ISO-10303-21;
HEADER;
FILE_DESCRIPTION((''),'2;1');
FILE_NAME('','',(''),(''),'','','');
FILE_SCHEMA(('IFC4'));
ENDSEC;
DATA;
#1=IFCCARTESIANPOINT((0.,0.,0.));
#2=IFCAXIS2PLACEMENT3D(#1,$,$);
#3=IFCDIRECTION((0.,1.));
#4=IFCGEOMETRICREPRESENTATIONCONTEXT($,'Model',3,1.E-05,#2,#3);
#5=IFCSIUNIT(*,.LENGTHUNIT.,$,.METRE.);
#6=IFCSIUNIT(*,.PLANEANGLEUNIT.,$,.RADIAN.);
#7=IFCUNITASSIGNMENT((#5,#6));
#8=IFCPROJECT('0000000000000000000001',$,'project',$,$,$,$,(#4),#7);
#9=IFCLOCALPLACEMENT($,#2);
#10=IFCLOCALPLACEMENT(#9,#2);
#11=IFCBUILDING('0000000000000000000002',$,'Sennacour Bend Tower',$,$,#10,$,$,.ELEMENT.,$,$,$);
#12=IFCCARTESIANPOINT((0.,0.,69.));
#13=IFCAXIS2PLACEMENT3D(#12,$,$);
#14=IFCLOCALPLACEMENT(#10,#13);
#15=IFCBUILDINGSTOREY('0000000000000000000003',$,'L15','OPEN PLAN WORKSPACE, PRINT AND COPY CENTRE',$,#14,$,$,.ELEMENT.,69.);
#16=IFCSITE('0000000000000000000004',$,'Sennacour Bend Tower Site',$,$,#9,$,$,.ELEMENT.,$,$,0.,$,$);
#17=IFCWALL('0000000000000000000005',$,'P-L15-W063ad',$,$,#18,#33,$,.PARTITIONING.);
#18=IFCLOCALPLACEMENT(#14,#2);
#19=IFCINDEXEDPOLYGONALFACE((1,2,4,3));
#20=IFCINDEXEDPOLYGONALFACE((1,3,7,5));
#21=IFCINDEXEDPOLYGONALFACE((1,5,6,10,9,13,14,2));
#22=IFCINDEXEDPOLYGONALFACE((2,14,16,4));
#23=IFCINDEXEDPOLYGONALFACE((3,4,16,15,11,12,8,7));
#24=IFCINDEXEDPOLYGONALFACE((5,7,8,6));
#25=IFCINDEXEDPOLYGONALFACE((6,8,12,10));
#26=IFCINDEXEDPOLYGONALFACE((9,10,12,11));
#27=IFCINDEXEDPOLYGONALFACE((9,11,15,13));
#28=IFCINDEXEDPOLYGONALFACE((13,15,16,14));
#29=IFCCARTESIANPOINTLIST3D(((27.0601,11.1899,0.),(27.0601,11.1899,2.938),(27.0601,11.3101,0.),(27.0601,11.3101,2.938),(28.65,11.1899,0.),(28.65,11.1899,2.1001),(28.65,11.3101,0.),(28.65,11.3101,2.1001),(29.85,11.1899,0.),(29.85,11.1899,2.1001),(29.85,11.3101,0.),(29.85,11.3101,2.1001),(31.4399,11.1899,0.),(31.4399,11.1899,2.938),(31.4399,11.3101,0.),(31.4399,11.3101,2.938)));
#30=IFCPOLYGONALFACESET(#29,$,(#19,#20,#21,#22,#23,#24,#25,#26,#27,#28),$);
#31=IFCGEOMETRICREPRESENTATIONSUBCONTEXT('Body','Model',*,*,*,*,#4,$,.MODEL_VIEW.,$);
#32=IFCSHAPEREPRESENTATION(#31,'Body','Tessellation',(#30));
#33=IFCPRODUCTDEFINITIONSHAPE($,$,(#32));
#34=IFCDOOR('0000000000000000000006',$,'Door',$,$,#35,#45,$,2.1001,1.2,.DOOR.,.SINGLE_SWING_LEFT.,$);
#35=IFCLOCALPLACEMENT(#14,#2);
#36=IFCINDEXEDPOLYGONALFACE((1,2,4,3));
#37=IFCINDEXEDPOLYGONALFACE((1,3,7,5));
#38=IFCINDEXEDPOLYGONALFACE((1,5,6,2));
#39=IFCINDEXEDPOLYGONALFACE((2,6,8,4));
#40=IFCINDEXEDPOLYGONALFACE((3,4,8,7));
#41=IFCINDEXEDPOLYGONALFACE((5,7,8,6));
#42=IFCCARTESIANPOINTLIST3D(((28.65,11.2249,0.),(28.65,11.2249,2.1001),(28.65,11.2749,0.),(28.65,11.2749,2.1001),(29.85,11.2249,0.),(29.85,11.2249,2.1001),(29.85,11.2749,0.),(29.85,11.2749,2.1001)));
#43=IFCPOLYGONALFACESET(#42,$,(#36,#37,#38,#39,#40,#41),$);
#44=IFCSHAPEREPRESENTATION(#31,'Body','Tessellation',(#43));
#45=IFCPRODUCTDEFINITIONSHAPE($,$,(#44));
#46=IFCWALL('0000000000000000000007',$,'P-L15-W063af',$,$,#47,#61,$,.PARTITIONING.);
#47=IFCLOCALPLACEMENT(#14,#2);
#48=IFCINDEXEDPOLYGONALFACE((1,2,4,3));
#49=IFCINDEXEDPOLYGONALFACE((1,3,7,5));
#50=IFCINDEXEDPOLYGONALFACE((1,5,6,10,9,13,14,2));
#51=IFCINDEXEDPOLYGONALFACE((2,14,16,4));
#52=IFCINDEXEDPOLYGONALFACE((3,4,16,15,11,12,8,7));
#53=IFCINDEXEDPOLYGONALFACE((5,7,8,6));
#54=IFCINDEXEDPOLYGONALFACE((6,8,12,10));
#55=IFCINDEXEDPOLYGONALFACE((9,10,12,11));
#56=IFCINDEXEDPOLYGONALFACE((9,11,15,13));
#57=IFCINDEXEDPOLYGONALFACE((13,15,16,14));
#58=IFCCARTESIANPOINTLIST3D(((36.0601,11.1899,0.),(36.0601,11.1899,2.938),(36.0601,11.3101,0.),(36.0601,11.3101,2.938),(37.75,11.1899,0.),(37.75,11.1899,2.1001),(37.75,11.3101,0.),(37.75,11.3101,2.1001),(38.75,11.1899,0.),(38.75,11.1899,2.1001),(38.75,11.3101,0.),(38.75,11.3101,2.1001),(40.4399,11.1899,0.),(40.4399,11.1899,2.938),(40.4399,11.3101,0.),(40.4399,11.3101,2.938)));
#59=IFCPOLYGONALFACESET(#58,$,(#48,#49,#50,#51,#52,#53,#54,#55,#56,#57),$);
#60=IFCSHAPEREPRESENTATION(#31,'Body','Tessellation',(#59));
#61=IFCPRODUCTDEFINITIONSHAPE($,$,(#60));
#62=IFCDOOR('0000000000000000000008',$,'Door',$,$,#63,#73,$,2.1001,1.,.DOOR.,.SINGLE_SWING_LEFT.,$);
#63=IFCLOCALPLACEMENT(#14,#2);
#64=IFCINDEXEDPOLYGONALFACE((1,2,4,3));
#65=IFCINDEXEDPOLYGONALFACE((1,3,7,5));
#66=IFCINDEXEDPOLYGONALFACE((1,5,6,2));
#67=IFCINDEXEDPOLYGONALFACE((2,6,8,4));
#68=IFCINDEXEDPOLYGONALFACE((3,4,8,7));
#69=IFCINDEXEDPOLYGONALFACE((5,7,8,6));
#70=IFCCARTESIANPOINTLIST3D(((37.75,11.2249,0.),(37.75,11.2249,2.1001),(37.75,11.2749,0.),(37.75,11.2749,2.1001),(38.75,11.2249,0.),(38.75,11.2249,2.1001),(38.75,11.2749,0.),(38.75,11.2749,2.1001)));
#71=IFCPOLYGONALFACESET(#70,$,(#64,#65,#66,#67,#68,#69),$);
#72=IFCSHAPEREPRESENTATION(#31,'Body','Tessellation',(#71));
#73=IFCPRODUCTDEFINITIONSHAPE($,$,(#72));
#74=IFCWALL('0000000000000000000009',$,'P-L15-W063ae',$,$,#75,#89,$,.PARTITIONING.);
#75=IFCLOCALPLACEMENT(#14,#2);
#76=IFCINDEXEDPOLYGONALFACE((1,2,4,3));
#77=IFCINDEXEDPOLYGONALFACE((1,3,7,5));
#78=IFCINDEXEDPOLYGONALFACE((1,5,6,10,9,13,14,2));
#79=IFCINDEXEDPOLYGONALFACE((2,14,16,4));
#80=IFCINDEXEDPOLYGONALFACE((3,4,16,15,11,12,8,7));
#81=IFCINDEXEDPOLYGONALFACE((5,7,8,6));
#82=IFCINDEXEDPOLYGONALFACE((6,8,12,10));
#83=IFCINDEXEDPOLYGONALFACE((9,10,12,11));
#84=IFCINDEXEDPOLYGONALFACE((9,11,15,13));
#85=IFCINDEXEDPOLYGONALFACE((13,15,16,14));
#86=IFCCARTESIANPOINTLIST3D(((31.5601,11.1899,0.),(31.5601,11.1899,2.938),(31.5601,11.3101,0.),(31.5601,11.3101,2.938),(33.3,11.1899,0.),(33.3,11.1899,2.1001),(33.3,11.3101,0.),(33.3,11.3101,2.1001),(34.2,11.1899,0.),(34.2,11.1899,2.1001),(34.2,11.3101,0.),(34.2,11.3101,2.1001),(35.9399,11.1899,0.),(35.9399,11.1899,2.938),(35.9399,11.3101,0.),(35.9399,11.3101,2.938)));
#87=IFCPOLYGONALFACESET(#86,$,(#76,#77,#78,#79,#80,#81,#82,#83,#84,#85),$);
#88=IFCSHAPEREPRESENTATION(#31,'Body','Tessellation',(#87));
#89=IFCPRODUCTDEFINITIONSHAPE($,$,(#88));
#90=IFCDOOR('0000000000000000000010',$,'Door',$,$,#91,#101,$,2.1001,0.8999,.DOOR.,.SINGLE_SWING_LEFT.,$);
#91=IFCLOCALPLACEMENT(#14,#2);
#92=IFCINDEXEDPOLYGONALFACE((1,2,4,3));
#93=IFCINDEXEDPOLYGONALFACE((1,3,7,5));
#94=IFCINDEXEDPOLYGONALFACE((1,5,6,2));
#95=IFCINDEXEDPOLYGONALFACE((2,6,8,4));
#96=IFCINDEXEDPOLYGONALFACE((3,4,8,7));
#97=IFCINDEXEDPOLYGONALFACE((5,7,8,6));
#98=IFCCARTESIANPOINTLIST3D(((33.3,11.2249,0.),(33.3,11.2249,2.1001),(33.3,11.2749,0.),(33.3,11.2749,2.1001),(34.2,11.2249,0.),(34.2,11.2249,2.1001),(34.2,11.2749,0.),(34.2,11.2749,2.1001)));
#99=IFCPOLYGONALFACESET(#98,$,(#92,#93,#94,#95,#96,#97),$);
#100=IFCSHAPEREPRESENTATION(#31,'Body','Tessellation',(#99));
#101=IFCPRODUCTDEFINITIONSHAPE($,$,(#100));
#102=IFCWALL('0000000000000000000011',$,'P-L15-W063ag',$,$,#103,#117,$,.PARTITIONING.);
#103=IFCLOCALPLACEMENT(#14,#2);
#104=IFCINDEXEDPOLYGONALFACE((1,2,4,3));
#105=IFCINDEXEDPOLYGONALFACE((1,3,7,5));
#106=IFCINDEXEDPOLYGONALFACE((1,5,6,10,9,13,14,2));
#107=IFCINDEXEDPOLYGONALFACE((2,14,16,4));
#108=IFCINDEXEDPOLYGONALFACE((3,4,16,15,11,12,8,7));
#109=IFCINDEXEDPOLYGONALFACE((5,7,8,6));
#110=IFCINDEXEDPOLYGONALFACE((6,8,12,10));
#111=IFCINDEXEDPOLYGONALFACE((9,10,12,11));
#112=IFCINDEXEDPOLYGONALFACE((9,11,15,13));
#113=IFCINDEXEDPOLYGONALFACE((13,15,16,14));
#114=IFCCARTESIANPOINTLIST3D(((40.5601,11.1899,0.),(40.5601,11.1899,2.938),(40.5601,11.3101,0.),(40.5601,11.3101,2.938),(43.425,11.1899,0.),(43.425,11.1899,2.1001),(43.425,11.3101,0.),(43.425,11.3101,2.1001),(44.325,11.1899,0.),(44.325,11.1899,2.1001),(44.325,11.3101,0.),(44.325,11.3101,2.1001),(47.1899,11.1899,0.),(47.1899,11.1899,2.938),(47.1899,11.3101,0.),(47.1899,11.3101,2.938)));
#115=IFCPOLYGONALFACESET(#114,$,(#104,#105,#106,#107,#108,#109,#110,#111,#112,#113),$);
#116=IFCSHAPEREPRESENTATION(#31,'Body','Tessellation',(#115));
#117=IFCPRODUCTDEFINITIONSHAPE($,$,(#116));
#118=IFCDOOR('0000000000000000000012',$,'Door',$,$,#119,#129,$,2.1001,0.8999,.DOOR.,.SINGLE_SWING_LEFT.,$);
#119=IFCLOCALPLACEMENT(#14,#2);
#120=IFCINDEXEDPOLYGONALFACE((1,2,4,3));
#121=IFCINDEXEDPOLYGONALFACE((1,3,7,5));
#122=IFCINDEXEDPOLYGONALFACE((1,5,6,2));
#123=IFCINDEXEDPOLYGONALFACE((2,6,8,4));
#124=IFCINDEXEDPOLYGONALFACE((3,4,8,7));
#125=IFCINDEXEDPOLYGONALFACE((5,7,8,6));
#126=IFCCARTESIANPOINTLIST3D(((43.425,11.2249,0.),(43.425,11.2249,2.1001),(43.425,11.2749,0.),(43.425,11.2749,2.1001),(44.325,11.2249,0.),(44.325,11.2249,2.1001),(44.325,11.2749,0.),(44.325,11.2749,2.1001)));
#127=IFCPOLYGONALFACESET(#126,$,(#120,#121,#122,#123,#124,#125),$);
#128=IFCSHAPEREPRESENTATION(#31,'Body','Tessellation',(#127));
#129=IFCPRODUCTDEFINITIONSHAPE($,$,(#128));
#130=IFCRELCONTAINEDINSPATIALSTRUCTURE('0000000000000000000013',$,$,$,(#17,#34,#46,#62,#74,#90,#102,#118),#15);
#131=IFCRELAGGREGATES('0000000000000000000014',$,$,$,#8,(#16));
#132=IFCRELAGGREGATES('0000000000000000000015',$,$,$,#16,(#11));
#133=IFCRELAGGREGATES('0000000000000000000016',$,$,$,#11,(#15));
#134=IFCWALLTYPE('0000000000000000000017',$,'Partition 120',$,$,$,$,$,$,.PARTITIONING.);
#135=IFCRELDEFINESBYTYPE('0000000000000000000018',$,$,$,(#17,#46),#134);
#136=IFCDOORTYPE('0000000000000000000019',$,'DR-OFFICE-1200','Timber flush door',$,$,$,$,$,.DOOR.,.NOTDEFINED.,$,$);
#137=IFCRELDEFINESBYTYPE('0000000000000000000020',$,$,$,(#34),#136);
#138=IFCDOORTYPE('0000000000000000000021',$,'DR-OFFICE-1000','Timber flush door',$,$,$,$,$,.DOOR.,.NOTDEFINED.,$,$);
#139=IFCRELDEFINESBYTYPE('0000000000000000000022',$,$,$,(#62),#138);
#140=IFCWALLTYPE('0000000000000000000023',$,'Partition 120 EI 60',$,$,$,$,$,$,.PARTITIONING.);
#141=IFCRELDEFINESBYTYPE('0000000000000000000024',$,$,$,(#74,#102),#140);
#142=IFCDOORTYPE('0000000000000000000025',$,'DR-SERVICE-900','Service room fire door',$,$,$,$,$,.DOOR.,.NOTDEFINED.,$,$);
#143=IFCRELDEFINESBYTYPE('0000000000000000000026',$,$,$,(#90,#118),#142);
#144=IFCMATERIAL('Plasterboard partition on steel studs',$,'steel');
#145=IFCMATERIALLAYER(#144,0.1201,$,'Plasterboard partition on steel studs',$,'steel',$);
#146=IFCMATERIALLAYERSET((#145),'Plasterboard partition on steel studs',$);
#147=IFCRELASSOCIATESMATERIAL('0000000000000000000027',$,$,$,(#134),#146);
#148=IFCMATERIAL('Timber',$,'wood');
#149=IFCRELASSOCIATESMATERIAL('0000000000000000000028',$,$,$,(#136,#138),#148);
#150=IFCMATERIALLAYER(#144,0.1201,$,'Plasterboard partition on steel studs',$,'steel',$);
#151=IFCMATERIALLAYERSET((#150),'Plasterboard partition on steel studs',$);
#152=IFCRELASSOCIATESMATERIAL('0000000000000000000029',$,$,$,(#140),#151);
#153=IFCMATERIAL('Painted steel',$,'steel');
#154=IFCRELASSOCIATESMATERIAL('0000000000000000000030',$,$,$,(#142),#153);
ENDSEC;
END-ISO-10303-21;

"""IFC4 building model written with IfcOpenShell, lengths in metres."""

from ifc_helpers import new_model, si_unit, direction, frame, frame_2d, origin, place, context, subcontext, project, spatial, rectangle, extrude, material, layer, layer_set, type_object, element, fill, save


model = new_model("IFC4")

# Units and contexts
model_context = context("Model", 3, precision=1e-05, world=origin(), true_north=direction((0.0, 1.0)))
body_context = subcontext(model_context, "Body", "Model", "MODEL_VIEW")
ifc_project = project(units=[si_unit("LENGTHUNIT", "METRE"), si_unit("PLANEANGLEUNIT", "RADIAN")], contexts=[model_context])

# Site, building, storey
site_placement = place(None, origin())
site = spatial("IfcSite", under=ifc_project, at=site_placement, Name="Sennacour Bend Tower Site", CompositionType="ELEMENT", RefElevation=0.0)
building_placement = place(site_placement, origin())
building = spatial("IfcBuilding", under=site, at=building_placement, Name="Sennacour Bend Tower", CompositionType="ELEMENT")
storey_placement = place(building_placement, frame((0.0, 0.0, 69.0)))
storey = spatial("IfcBuildingStorey", under=building, at=storey_placement, Name="L15", Description="OPEN PLAN WORKSPACE, PRINT AND COPY CENTRE", CompositionType="ELEMENT", Elevation=69.0)

# Shared definitions
ifc_material_1 = material(Name="Plasterboard partition on steel studs", Category="steel")
ifc_layer_1 = layer(ifc_material_1, 0.1201, Name="Plasterboard partition on steel studs", Category="steel")
ifc_layer_set_1 = layer_set([ifc_layer_1], Name="Plasterboard partition on steel studs")
wall_type_1 = type_object("IfcWallType", Name="Partition 120", PredefinedType="PARTITIONING", material=ifc_layer_set_1)

# Walls, openings, doors
wall_1_placement = place(storey_placement, frame((27.0601, 11.25, 0.0), z_axis=(0.0, 0.0, 1.0), x_axis=(1.0, 0.0, 0.0)))
wall_1 = element("IfcWall", 1, at=wall_1_placement, inside=storey, type_object=wall_type_1, Name="P-L15-W063ad", PredefinedType="PARTITIONING", context=body_context, shape_type="SweptSolid", body=[
    extrude(rectangle(XDim=4.3799, YDim=0.1201, at=frame_2d((2.1899, 0.0))), origin(), (0.0, 0.0, 1.0), 2.938),
])
opening_1_placement = place(wall_1_placement, frame((1.5898, 0.0, 0.0)))
opening_1 = element("IfcOpeningElement", 2, at=opening_1_placement, cuts=wall_1, PredefinedType="OPENING", context=body_context, shape_type="SweptSolid", body=[
    extrude(rectangle(XDim=1.2, YDim=2.1001, at=frame_2d((0.6001, 1.05))), frame((0.0, 0.0701, 0.0), z_axis=(0.0, -1.0, 0.0), x_axis=(1.0, 0.0, 0.0)), (0.0, 0.0, 1.0), 0.1401),
])
ifc_material_2 = material(Name="Timber", Category="wood")
door_type_1 = type_object("IfcDoorType", Name="DR-OFFICE-1200", Description="Timber flush door", OperationType="NOTDEFINED", PredefinedType="DOOR", material=ifc_material_2)
door_1_placement = place(opening_1_placement, origin())
door_1 = element("IfcDoor", 3, at=door_1_placement, inside=storey, type_object=door_type_1, Name="Door", OperationType="SINGLE_SWING_LEFT", OverallHeight=2.1001, OverallWidth=1.2, PredefinedType="DOOR", context=body_context, shape_type="SweptSolid", body=[
    extrude(rectangle(XDim=1.2, YDim=2.1001, at=frame_2d((0.6001, 1.05))), frame((0.0, 0.0249, 0.0), z_axis=(0.0, -1.0, 0.0), x_axis=(1.0, 0.0, 0.0)), (0.0, 0.0, 1.0), 0.05),
])
fill(opening_1, door_1)
wall_2_placement = place(storey_placement, frame((36.0601, 11.25, 0.0), z_axis=(0.0, 0.0, 1.0), x_axis=(1.0, 0.0, 0.0)))
wall_2 = element("IfcWall", 4, at=wall_2_placement, inside=storey, type_object=wall_type_1, Name="P-L15-W063af", PredefinedType="PARTITIONING", context=body_context, shape_type="SweptSolid", body=[
    extrude(rectangle(XDim=4.3799, YDim=0.1201, at=frame_2d((2.1899, 0.0))), origin(), (0.0, 0.0, 1.0), 2.938),
])
opening_2_placement = place(wall_2_placement, frame((1.6899, 0.0, 0.0)))
opening_2 = element("IfcOpeningElement", 5, at=opening_2_placement, cuts=wall_2, PredefinedType="OPENING", context=body_context, shape_type="SweptSolid", body=[
    extrude(rectangle(XDim=1.0, YDim=2.1001, at=frame_2d((0.5, 1.05))), frame((0.0, 0.0701, 0.0), z_axis=(0.0, -1.0, 0.0), x_axis=(1.0, 0.0, 0.0)), (0.0, 0.0, 1.0), 0.1401),
])
door_type_2 = type_object("IfcDoorType", Name="DR-OFFICE-1000", Description="Timber flush door", OperationType="NOTDEFINED", PredefinedType="DOOR", material=ifc_material_2)
door_2_placement = place(opening_2_placement, origin())
door_2 = element("IfcDoor", 6, at=door_2_placement, inside=storey, type_object=door_type_2, Name="Door", OperationType="SINGLE_SWING_LEFT", OverallHeight=2.1001, OverallWidth=1.0, PredefinedType="DOOR", context=body_context, shape_type="SweptSolid", body=[
    extrude(rectangle(XDim=1.0, YDim=2.1001, at=frame_2d((0.5, 1.05))), frame((0.0, 0.0249, 0.0), z_axis=(0.0, -1.0, 0.0), x_axis=(1.0, 0.0, 0.0)), (0.0, 0.0, 1.0), 0.05),
])
fill(opening_2, door_2)
ifc_layer_2 = layer(ifc_material_1, 0.1201, Name="Plasterboard partition on steel studs", Category="steel")
ifc_layer_set_2 = layer_set([ifc_layer_2], Name="Plasterboard partition on steel studs")
wall_type_2 = type_object("IfcWallType", Name="Partition 120 EI 60", PredefinedType="PARTITIONING", material=ifc_layer_set_2)
wall_3_placement = place(storey_placement, frame((31.5601, 11.25, 0.0), z_axis=(0.0, 0.0, 1.0), x_axis=(1.0, 0.0, 0.0)))
wall_3 = element("IfcWall", 7, at=wall_3_placement, inside=storey, type_object=wall_type_2, Name="P-L15-W063ae", PredefinedType="PARTITIONING", context=body_context, shape_type="SweptSolid", body=[
    extrude(rectangle(XDim=4.3799, YDim=0.1201, at=frame_2d((2.1899, 0.0))), origin(), (0.0, 0.0, 1.0), 2.938),
])
opening_3_placement = place(wall_3_placement, frame((1.74, 0.0, 0.0)))
opening_3 = element("IfcOpeningElement", 8, at=opening_3_placement, cuts=wall_3, PredefinedType="OPENING", context=body_context, shape_type="SweptSolid", body=[
    extrude(rectangle(XDim=0.8999, YDim=2.1001, at=frame_2d((0.45, 1.05))), frame((0.0, 0.0701, 0.0), z_axis=(0.0, -1.0, 0.0), x_axis=(1.0, 0.0, 0.0)), (0.0, 0.0, 1.0), 0.1401),
])
ifc_material_3 = material(Name="Painted steel", Category="steel")
door_type_3 = type_object("IfcDoorType", Name="DR-SERVICE-900", Description="Service room fire door", OperationType="NOTDEFINED", PredefinedType="DOOR", material=ifc_material_3)
door_3_placement = place(opening_3_placement, origin())
door_3 = element("IfcDoor", 9, at=door_3_placement, inside=storey, type_object=door_type_3, Name="Door", OperationType="SINGLE_SWING_LEFT", OverallHeight=2.1001, OverallWidth=0.8999, PredefinedType="DOOR", context=body_context, shape_type="SweptSolid", body=[
    extrude(rectangle(XDim=0.8999, YDim=2.1001, at=frame_2d((0.45, 1.05))), frame((0.0, 0.0249, 0.0), z_axis=(0.0, -1.0, 0.0), x_axis=(1.0, 0.0, 0.0)), (0.0, 0.0, 1.0), 0.05),
])
fill(opening_3, door_3)
wall_4_placement = place(storey_placement, frame((40.5601, 11.25, 0.0), z_axis=(0.0, 0.0, 1.0), x_axis=(1.0, 0.0, 0.0)))
wall_4 = element("IfcWall", 10, at=wall_4_placement, inside=storey, type_object=wall_type_2, Name="P-L15-W063ag", PredefinedType="PARTITIONING", context=body_context, shape_type="SweptSolid", body=[
    extrude(rectangle(XDim=6.6299, YDim=0.1201, at=frame_2d((3.3149, 0.0))), origin(), (0.0, 0.0, 1.0), 2.938),
])
opening_4_placement = place(wall_4_placement, frame((2.865, 0.0, 0.0)))
opening_4 = element("IfcOpeningElement", 11, at=opening_4_placement, cuts=wall_4, PredefinedType="OPENING", context=body_context, shape_type="SweptSolid", body=[
    extrude(rectangle(XDim=0.8999, YDim=2.1001, at=frame_2d((0.45, 1.05))), frame((0.0, 0.0701, 0.0), z_axis=(0.0, -1.0, 0.0), x_axis=(1.0, 0.0, 0.0)), (0.0, 0.0, 1.0), 0.1401),
])
door_4_placement = place(opening_4_placement, origin())
door_4 = element("IfcDoor", 12, at=door_4_placement, inside=storey, type_object=door_type_3, Name="Door", OperationType="SINGLE_SWING_LEFT", OverallHeight=2.1001, OverallWidth=0.8999, PredefinedType="DOOR", context=body_context, shape_type="SweptSolid", body=[
    extrude(rectangle(XDim=0.8999, YDim=2.1001, at=frame_2d((0.45, 1.05))), frame((0.0, 0.0249, 0.0), z_axis=(0.0, -1.0, 0.0), x_axis=(1.0, 0.0, 0.0)), (0.0, 0.0, 1.0), 0.05),
])
fill(opening_4, door_4)

save(model, "model.ifc")
